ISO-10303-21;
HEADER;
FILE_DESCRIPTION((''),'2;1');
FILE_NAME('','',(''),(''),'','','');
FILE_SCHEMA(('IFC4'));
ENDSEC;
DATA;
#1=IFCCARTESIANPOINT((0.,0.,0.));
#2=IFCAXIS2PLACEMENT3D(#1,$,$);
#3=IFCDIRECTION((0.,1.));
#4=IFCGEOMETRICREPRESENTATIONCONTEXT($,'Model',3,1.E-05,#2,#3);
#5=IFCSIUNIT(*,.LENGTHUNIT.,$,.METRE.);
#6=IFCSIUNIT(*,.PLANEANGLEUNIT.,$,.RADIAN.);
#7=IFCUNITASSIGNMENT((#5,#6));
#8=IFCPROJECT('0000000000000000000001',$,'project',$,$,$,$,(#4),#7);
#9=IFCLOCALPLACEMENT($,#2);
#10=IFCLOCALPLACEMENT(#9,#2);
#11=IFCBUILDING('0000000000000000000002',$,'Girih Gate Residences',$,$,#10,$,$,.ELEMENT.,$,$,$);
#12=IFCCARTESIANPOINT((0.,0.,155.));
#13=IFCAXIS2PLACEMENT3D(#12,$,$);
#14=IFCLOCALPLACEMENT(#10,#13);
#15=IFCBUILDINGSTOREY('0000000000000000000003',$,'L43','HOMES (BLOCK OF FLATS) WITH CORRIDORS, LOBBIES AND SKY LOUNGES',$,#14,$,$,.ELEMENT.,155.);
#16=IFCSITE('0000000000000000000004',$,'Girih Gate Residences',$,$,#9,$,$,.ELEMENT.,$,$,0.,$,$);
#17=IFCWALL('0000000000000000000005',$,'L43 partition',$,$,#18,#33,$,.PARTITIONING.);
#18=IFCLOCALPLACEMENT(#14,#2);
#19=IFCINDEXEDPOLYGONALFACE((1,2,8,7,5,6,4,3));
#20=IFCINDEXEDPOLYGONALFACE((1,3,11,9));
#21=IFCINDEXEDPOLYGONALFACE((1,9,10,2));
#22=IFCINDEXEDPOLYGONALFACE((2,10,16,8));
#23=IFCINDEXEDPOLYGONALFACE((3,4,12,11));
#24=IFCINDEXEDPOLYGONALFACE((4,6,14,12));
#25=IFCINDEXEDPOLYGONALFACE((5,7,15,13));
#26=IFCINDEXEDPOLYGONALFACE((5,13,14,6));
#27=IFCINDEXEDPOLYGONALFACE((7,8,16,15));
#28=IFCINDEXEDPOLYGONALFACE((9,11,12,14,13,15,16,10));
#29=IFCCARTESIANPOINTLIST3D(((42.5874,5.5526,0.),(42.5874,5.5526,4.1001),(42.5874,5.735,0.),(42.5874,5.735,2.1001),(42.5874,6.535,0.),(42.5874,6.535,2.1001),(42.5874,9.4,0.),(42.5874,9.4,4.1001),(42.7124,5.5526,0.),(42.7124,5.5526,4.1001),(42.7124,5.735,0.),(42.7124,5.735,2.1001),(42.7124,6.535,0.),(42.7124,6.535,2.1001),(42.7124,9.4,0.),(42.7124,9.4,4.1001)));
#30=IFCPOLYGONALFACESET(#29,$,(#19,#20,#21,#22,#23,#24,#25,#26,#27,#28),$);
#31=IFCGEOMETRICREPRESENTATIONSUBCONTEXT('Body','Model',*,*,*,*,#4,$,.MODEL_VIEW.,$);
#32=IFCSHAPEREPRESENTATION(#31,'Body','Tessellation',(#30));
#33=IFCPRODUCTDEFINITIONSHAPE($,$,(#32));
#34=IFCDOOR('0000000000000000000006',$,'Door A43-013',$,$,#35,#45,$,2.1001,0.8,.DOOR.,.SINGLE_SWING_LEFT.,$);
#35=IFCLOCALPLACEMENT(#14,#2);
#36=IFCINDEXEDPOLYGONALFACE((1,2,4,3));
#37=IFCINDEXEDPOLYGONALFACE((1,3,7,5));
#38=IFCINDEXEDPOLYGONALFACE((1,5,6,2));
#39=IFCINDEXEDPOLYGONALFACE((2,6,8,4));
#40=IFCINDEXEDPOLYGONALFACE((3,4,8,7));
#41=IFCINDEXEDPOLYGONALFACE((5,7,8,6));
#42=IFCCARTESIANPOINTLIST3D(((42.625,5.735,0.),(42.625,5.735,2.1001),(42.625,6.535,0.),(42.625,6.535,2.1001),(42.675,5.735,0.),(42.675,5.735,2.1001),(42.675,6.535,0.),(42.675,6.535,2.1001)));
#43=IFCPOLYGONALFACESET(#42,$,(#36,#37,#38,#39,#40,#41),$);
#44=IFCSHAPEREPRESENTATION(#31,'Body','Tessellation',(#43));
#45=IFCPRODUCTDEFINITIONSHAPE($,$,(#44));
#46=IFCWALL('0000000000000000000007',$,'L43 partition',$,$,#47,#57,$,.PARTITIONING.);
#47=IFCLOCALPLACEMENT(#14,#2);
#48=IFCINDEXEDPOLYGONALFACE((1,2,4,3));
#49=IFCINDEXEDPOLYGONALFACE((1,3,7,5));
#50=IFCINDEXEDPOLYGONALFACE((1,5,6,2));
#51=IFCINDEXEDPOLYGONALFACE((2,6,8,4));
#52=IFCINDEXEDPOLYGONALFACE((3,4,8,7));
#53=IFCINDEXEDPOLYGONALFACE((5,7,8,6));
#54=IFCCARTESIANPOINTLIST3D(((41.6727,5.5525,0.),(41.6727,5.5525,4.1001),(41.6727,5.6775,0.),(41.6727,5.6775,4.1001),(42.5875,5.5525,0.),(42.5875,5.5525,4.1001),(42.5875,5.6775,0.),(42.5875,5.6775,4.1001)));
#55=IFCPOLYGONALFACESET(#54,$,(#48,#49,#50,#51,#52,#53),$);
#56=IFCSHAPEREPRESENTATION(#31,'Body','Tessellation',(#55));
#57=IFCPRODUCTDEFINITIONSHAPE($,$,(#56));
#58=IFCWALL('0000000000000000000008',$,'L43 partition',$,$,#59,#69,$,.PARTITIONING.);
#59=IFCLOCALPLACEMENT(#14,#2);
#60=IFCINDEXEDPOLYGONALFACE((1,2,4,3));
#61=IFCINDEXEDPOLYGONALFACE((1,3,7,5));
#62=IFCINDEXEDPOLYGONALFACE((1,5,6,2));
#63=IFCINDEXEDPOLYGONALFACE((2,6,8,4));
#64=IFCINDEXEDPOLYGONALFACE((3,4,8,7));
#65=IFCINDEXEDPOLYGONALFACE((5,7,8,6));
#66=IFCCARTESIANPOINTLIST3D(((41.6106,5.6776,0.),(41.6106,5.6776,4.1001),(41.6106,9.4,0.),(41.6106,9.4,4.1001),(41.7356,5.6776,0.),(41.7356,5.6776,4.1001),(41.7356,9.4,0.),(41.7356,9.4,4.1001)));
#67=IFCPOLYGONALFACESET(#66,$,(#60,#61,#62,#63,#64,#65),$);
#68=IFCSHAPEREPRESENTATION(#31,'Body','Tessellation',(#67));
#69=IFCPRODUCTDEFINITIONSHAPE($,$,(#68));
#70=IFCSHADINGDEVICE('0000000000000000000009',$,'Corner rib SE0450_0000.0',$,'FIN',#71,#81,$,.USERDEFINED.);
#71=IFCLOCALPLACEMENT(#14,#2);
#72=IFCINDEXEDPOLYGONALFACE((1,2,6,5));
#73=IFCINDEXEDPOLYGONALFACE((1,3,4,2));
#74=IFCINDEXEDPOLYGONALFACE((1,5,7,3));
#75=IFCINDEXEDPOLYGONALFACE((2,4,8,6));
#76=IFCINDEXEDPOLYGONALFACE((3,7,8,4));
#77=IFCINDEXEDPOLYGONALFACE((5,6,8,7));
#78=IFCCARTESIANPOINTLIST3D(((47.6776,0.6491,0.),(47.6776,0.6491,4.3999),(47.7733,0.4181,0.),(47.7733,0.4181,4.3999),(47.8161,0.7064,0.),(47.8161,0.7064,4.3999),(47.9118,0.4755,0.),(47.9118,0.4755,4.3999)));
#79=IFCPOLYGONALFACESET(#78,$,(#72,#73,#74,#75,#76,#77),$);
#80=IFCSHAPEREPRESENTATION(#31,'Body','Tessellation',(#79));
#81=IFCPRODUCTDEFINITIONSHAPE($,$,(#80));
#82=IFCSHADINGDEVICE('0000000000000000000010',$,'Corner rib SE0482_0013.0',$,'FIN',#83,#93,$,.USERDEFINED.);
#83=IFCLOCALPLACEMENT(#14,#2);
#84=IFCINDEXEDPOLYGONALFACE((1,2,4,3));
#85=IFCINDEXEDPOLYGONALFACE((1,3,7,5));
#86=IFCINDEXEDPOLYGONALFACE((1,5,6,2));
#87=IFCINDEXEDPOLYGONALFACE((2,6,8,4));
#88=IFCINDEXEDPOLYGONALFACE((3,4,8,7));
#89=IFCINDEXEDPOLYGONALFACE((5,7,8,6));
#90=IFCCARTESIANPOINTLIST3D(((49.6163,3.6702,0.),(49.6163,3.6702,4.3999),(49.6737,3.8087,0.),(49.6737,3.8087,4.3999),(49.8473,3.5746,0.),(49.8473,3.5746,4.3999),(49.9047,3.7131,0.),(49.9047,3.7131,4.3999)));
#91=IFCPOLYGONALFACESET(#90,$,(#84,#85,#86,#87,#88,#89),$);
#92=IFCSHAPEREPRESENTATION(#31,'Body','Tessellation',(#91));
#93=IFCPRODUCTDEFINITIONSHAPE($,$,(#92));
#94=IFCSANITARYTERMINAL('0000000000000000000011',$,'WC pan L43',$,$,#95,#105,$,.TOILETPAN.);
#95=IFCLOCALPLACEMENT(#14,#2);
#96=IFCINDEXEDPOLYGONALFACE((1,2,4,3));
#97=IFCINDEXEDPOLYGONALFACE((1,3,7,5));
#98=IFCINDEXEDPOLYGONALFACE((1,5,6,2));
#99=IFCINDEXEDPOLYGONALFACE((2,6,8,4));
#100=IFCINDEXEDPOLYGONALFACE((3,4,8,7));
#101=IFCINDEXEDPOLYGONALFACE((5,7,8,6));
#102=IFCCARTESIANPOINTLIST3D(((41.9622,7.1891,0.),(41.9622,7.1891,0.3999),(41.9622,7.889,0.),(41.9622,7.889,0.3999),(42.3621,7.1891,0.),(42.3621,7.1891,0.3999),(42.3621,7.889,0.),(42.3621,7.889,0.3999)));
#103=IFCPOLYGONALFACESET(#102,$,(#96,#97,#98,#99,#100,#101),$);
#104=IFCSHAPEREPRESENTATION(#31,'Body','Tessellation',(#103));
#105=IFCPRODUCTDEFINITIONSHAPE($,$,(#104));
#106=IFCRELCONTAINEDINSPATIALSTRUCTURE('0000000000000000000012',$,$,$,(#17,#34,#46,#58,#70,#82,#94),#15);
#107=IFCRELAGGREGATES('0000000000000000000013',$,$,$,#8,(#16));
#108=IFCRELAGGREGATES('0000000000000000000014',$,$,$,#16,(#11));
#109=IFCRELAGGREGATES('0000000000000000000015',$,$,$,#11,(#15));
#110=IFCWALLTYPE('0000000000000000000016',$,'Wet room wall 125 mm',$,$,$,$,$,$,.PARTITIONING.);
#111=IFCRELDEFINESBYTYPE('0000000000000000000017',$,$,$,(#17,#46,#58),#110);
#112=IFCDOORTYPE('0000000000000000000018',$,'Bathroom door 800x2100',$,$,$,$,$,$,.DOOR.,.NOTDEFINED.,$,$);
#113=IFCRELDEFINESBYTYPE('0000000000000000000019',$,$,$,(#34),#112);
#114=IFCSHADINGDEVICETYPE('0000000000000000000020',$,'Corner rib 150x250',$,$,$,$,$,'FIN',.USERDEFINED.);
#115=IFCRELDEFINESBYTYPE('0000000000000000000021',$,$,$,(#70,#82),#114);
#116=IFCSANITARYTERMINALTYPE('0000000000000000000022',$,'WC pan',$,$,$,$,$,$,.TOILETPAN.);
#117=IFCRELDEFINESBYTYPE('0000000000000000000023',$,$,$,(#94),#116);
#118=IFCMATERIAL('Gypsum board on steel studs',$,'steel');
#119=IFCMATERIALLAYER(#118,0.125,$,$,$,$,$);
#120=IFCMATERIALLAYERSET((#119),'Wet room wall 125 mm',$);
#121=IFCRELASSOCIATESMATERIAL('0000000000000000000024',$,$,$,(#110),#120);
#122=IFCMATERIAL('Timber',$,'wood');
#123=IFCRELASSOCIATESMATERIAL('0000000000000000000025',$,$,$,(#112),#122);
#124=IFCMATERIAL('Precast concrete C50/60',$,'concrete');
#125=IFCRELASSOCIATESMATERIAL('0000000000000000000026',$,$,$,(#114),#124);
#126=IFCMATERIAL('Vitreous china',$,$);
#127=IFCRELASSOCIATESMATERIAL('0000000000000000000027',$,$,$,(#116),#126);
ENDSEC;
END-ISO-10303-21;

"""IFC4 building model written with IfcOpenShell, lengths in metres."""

from ifc_helpers import new_model, si_unit, direction, frame, frame_2d, origin, origin_2d, place, context, subcontext, project, spatial, rectangle, extrude, material, layer, layer_set, type_object, element, fill, save


model = new_model("IFC4")

# Units and contexts
model_context = context("Model", 3, precision=1e-05, world=origin(), true_north=direction((0.0, 1.0)))
body_context = subcontext(model_context, "Body", "Model", "MODEL_VIEW")
ifc_project = project(units=[si_unit("LENGTHUNIT", "METRE"), si_unit("PLANEANGLEUNIT", "RADIAN")], contexts=[model_context])

# Site, building, storey
site_placement = place(None, origin())
site = spatial("IfcSite", under=ifc_project, at=site_placement, Name="Girih Gate Residences", CompositionType="ELEMENT", RefElevation=0.0)
building_placement = place(site_placement, origin())
building = spatial("IfcBuilding", under=site, at=building_placement, Name="Girih Gate Residences", CompositionType="ELEMENT")
storey_placement = place(building_placement, frame((0.0, 0.0, 155.0)))
storey = spatial("IfcBuildingStorey", under=building, at=storey_placement, Name="L43", Description="HOMES (BLOCK OF FLATS) WITH CORRIDORS, LOBBIES AND SKY LOUNGES", CompositionType="ELEMENT", Elevation=155.0)

# Shared definitions
ifc_material_1 = material(Name="Gypsum board on steel studs", Category="steel")
ifc_material_2 = material(Name="Timber", Category="wood")

# Shared definitions
ifc_material_3 = material(Name="Precast concrete C50/60", Category="concrete")

# Wall, opening, door
ifc_layer_1 = layer(ifc_material_1, 0.125)
ifc_layer_set_1 = layer_set([ifc_layer_1], Name="Wet room wall 125 mm")
wall_type_1 = type_object("IfcWallType", Name="Wet room wall 125 mm", PredefinedType="PARTITIONING", material=ifc_layer_set_1)
wall_1_placement = place(storey_placement, frame((42.6499, 5.5525, 0.0), z_axis=(0.0, 0.0, 1.0), x_axis=(0.0, 1.0, 0.0)))
wall_1 = element("IfcWall", 1, at=wall_1_placement, inside=storey, type_object=wall_type_1, Name="L43 partition", PredefinedType="PARTITIONING", context=body_context, shape_type="SweptSolid", body=[
    extrude(rectangle(XDim=3.8474, YDim=0.125, at=frame_2d((1.9238, 0.0))), origin(), (0.0, 0.0, 1.0), 4.1001),
])
opening_1_placement = place(wall_1_placement, frame((0.1826, 0.0, 0.0)))
opening_1 = element("IfcOpeningElement", 2, at=opening_1_placement, cuts=wall_1, PredefinedType="OPENING", context=body_context, shape_type="SweptSolid", body=[
    extrude(rectangle(XDim=0.8, YDim=2.1001, at=frame_2d((0.3999, 1.05))), frame((0.0, 0.0725, 0.0), z_axis=(0.0, -1.0, 0.0), x_axis=(1.0, 0.0, 0.0)), (0.0, 0.0, 1.0), 0.145),
])
door_type_1 = type_object("IfcDoorType", Name="Bathroom door 800x2100", OperationType="NOTDEFINED", PredefinedType="DOOR", material=ifc_material_2)
door_1_placement = place(opening_1_placement, origin())
door_1 = element("IfcDoor", 3, at=door_1_placement, inside=storey, type_object=door_type_1, Name="Door A43-013", OperationType="SINGLE_SWING_LEFT", OverallHeight=2.1001, OverallWidth=0.8, PredefinedType="DOOR", context=body_context, shape_type="SweptSolid", body=[
    extrude(rectangle(XDim=0.8, YDim=2.1001, at=frame_2d((0.3999, 1.05))), frame((0.0, 0.0249, 0.0), z_axis=(0.0, -1.0, 0.0), x_axis=(1.0, 0.0, 0.0)), (0.0, 0.0, 1.0), 0.05),
])
fill(opening_1, door_1)

# Walls
wall_2_placement = place(storey_placement, frame((41.6726, 5.615, 0.0), z_axis=(0.0, 0.0, 1.0), x_axis=(1.0, 0.0, 0.0)))
element("IfcWall", 4, at=wall_2_placement, inside=storey, type_object=wall_type_1, Name="L43 partition", PredefinedType="PARTITIONING", context=body_context, shape_type="SweptSolid", body=[
    extrude(rectangle(XDim=0.9148, YDim=0.125, at=frame_2d((0.4575, 0.0))), origin(), (0.0, 0.0, 1.0), 4.1001),
])
wall_3_placement = place(storey_placement, frame((41.6731, 5.6775, 0.0), z_axis=(0.0, 0.0, 1.0), x_axis=(0.0, 1.0, 0.0)))
element("IfcWall", 5, at=wall_3_placement, inside=storey, type_object=wall_type_1, Name="L43 partition", PredefinedType="PARTITIONING", context=body_context, shape_type="SweptSolid", body=[
    extrude(rectangle(XDim=3.7224, YDim=0.125, at=frame_2d((1.8613, 0.0))), origin(), (0.0, 0.0, 1.0), 4.1001),
])

# Shading devices
shading_device_type = type_object("IfcShadingDeviceType", Name="Corner rib 150x250", ElementType="FIN", PredefinedType="USERDEFINED", material=ifc_material_3)
for number, where, z_axis, x_axis, name in (
    (6, (47.7947, 0.5623, 0.0), (0.0, 0.0, 1.0), (0.92388, 0.382683, 0.0), "Corner rib SE0450_0000.0"),
    (7, (49.7605, 3.6917, 0.0), (0.0, 0.0, 1.0), (0.382683, 0.92388, 0.0), "Corner rib SE0482_0013.0"),
):
    element("IfcShadingDevice", number, at=place(storey_placement, frame(where, z_axis=z_axis, x_axis=x_axis)), inside=storey, type_object=shading_device_type, Name=name, ObjectType="FIN", PredefinedType="USERDEFINED", context=body_context, shape_type="SweptSolid", body=[
        extrude(rectangle(XDim=0.1499, YDim=0.25, at=origin_2d()), origin(), (0.0, 0.0, 1.0), 4.3999),
    ])

# Sanitary terminal
ifc_material_4 = material(Name="Vitreous china")
sanitary_terminal_type = type_object("IfcSanitaryTerminalType", Name="WC pan", PredefinedType="TOILETPAN", material=ifc_material_4)
sanitary_terminal_placement = place(storey_placement, frame((42.1621, 7.5391, 0.0), z_axis=(0.0, 0.0, 1.0), x_axis=(1.0, 0.0, 0.0)))
element("IfcSanitaryTerminal", 8, at=sanitary_terminal_placement, inside=storey, type_object=sanitary_terminal_type, Name="WC pan L43", PredefinedType="TOILETPAN", context=body_context, shape_type="SweptSolid", body=[
    extrude(rectangle(XDim=0.3999, YDim=0.7, at=origin_2d()), origin(), (0.0, 0.0, 1.0), 0.3999),
])

save(model, "model.ifc")
